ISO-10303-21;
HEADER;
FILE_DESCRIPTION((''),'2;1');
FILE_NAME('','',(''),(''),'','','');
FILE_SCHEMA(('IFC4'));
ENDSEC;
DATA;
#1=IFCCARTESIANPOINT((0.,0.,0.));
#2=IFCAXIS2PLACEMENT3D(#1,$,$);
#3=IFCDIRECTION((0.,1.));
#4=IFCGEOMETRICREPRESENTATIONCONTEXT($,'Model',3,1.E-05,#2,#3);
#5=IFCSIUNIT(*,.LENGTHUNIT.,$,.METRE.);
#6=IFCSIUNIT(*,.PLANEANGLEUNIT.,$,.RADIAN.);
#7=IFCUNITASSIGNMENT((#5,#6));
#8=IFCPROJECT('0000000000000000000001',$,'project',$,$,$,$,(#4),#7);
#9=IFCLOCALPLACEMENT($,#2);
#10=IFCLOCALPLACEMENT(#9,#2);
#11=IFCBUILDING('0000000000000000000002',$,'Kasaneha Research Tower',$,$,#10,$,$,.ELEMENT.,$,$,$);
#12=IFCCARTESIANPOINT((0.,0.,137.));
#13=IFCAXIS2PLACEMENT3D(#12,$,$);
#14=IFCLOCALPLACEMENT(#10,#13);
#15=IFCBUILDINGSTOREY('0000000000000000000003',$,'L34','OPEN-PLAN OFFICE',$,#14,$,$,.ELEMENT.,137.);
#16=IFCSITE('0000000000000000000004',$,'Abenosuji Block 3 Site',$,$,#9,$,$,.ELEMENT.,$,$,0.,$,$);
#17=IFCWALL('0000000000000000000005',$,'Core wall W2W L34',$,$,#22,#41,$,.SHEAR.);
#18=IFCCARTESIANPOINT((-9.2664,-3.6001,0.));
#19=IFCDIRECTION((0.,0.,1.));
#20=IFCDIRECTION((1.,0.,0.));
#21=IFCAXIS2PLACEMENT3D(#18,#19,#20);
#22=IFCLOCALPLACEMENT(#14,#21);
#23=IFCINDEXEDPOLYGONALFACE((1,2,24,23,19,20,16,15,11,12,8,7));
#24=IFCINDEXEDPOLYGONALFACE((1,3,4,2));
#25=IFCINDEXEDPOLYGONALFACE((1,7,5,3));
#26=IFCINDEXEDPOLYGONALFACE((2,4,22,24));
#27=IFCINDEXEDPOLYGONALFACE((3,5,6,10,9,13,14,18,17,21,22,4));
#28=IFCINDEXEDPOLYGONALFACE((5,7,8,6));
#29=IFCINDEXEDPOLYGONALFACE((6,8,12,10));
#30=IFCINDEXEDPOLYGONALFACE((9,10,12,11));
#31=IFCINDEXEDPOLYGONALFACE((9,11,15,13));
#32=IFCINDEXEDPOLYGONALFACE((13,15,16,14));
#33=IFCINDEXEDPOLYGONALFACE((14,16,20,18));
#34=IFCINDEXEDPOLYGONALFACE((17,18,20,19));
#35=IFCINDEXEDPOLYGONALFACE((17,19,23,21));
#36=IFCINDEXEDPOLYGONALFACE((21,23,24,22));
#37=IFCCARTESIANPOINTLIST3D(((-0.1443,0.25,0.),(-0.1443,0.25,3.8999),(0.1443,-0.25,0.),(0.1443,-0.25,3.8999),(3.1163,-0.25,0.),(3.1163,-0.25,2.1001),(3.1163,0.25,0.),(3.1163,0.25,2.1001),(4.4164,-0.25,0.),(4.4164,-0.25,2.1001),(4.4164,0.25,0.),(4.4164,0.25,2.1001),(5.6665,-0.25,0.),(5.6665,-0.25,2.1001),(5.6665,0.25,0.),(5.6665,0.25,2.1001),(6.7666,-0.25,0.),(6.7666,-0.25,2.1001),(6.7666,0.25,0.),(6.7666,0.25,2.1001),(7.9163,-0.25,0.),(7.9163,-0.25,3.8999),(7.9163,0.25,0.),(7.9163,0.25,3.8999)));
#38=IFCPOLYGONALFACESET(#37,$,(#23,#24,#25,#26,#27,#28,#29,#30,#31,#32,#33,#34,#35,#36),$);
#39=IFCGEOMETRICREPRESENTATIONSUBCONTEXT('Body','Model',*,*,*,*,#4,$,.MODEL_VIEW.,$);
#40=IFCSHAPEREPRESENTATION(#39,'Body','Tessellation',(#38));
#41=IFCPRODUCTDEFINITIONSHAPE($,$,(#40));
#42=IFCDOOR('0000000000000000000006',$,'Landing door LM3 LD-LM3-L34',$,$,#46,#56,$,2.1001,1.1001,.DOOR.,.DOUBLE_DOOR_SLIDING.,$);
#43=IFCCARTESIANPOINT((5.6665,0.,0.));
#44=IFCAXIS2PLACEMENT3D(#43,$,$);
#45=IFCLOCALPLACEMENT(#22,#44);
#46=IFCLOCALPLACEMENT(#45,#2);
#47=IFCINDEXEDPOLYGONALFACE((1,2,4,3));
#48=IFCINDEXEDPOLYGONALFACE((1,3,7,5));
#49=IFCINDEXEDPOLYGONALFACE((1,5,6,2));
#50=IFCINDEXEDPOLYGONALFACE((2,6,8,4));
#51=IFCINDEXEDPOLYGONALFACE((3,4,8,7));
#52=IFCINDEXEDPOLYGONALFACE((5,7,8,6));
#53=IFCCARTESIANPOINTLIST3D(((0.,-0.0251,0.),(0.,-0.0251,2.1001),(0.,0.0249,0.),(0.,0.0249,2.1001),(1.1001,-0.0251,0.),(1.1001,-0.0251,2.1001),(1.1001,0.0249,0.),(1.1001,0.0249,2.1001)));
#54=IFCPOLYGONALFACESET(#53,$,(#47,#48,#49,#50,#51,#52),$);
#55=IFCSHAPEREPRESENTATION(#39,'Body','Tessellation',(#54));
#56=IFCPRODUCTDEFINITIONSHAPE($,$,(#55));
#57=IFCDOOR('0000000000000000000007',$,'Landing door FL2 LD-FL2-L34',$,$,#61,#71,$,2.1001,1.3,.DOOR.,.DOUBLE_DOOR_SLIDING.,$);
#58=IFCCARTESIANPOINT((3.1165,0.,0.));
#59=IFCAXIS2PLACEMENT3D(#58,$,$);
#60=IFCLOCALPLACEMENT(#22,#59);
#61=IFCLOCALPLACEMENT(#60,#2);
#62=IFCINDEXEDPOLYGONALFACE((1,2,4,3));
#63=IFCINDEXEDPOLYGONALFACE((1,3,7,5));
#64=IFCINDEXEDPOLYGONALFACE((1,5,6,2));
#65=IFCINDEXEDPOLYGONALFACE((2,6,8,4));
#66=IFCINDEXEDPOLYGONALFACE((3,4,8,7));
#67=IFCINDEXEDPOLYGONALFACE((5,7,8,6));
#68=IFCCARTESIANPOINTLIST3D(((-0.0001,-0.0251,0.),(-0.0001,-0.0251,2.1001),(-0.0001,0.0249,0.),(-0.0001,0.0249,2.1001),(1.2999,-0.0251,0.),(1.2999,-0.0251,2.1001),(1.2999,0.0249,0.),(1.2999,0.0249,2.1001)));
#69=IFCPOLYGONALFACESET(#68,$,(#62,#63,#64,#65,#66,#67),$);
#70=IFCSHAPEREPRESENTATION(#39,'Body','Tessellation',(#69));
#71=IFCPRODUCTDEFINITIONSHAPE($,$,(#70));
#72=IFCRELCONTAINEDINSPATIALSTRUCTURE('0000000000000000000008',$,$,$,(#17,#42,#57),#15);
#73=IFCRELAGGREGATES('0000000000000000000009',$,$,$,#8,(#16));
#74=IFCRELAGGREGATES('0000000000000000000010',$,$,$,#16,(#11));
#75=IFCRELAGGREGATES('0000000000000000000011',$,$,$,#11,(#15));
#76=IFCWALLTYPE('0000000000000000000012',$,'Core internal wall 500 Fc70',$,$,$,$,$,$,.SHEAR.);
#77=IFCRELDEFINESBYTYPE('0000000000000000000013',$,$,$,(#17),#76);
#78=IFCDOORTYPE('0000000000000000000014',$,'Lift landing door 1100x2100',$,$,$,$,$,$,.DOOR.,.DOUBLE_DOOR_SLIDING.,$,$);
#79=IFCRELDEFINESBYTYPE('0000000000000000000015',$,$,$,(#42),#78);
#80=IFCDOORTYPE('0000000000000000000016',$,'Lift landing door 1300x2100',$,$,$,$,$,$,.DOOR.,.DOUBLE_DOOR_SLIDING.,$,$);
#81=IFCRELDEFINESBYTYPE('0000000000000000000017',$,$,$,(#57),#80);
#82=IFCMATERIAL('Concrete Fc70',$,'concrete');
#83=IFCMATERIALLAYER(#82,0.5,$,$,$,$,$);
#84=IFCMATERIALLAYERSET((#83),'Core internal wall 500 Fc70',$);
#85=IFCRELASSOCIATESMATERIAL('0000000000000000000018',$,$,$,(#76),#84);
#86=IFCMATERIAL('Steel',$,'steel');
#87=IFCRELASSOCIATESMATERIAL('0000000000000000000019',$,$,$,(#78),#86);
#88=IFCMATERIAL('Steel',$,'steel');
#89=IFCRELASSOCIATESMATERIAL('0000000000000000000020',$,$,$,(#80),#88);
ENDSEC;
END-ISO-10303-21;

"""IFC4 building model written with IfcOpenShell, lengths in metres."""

from ifc_helpers import new_model, si_unit, direction, frame, frame_2d, origin, place, context, subcontext, project, spatial, polyline, rectangle, outline, extrude, material, layer, layer_set, type_object, element, fill, save


model = new_model("IFC4")

# Units and contexts
model_context = context("Model", 3, precision=1e-05, world=origin(), true_north=direction((0.0, 1.0)))
body_context = subcontext(model_context, "Body", "Model", "MODEL_VIEW")
ifc_project = project(units=[si_unit("LENGTHUNIT", "METRE"), si_unit("PLANEANGLEUNIT", "RADIAN")], contexts=[model_context])

# Site, building, storey
site_placement = place(None, origin())
site = spatial("IfcSite", under=ifc_project, at=site_placement, Name="Abenosuji Block 3 Site", CompositionType="ELEMENT", RefElevation=0.0)
building_placement = place(site_placement, origin())
building = spatial("IfcBuilding", under=site, at=building_placement, Name="Kasaneha Research Tower", CompositionType="ELEMENT")
storey_placement = place(building_placement, frame((0.0, 0.0, 137.0)))
storey = spatial("IfcBuildingStorey", under=building, at=storey_placement, Name="L34", Description="OPEN-PLAN OFFICE", CompositionType="ELEMENT", Elevation=137.0)

# Wall, openings, doors
ifc_material_1 = material(Name="Concrete Fc70", Category="concrete")
ifc_layer_1 = layer(ifc_material_1, 0.5)
ifc_layer_set_1 = layer_set([ifc_layer_1], Name="Core internal wall 500 Fc70")
wall_type_1 = type_object("IfcWallType", Name="Core internal wall 500 Fc70", PredefinedType="SHEAR", material=ifc_layer_set_1)
wall_1_placement = place(storey_placement, frame((-9.2664, -3.6001, 0.0), z_axis=(0.0, 0.0, 1.0), x_axis=(1.0, 0.0, 0.0)))
wall_1 = element("IfcWall", 1, at=wall_1_placement, inside=storey, type_object=wall_type_1, Name="Core wall W2W L34", PredefinedType="SHEAR", context=body_context, shape_type="SweptSolid", body=[
    extrude(outline(polyline([(0.1443, -0.25), (3.1165, -0.25), (4.4165, -0.25), (5.6665, -0.25), (6.7666, -0.25), (7.9163, -0.25), (7.9163, 0.25), (6.7666, 0.25), (5.6665, 0.25), (4.4165, 0.25), (3.1165, 0.25), (-0.1443, 0.25), (0.1443, -0.25)])), origin(), (0.0, 0.0, 1.0), 3.8999),
])
opening_1_placement = place(wall_1_placement, frame((5.6665, 0.0, 0.0)))
opening_1 = element("IfcOpeningElement", 2, at=opening_1_placement, cuts=wall_1, PredefinedType="OPENING", context=body_context, shape_type="SweptSolid", body=[
    extrude(rectangle(XDim=1.1001, YDim=2.1001, at=frame_2d((0.55, 1.05))), frame((0.0, 0.26, 0.0), z_axis=(0.0, -1.0, 0.0), x_axis=(1.0, 0.0, 0.0)), (0.0, 0.0, 1.0), 0.52),
])
opening_2_placement = place(wall_1_placement, frame((3.1165, 0.0, 0.0)))
opening_2 = element("IfcOpeningElement", 3, at=opening_2_placement, cuts=wall_1, PredefinedType="OPENING", context=body_context, shape_type="SweptSolid", body=[
    extrude(rectangle(XDim=1.3, YDim=2.1001, at=frame_2d((0.6499, 1.05))), frame((0.0, 0.26, 0.0), z_axis=(0.0, -1.0, 0.0), x_axis=(1.0, 0.0, 0.0)), (0.0, 0.0, 1.0), 0.52),
])
ifc_material_2 = material(Name="Steel", Category="steel")
door_type_1 = type_object("IfcDoorType", Name="Lift landing door 1100x2100", OperationType="DOUBLE_DOOR_SLIDING", PredefinedType="DOOR", material=ifc_material_2)
door_1_placement = place(opening_1_placement, origin())
door_1 = element("IfcDoor", 4, at=door_1_placement, inside=storey, type_object=door_type_1, Name="Landing door LM3 LD-LM3-L34", OperationType="DOUBLE_DOOR_SLIDING", OverallHeight=2.1001, OverallWidth=1.1001, PredefinedType="DOOR", context=body_context, shape_type="SweptSolid", body=[
    extrude(rectangle(XDim=1.1001, YDim=2.1001, at=frame_2d((0.55, 1.05))), frame((0.0, 0.0249, 0.0), z_axis=(0.0, -1.0, 0.0), x_axis=(1.0, 0.0, 0.0)), (0.0, 0.0, 1.0), 0.05),
])
fill(opening_1, door_1)
ifc_material_3 = material(Name="Steel", Category="steel")
door_type_2 = type_object("IfcDoorType", Name="Lift landing door 1300x2100", OperationType="DOUBLE_DOOR_SLIDING", PredefinedType="DOOR", material=ifc_material_3)
door_2_placement = place(opening_2_placement, origin())
door_2 = element("IfcDoor", 5, at=door_2_placement, inside=storey, type_object=door_type_2, Name="Landing door FL2 LD-FL2-L34", OperationType="DOUBLE_DOOR_SLIDING", OverallHeight=2.1001, OverallWidth=1.3, PredefinedType="DOOR", context=body_context, shape_type="SweptSolid", body=[
    extrude(rectangle(XDim=1.3, YDim=2.1001, at=frame_2d((0.6499, 1.05))), frame((0.0, 0.0249, 0.0), z_axis=(0.0, -1.0, 0.0), x_axis=(1.0, 0.0, 0.0)), (0.0, 0.0, 1.0), 0.05),
])
fill(opening_2, door_2)

save(model, "model.ifc")
